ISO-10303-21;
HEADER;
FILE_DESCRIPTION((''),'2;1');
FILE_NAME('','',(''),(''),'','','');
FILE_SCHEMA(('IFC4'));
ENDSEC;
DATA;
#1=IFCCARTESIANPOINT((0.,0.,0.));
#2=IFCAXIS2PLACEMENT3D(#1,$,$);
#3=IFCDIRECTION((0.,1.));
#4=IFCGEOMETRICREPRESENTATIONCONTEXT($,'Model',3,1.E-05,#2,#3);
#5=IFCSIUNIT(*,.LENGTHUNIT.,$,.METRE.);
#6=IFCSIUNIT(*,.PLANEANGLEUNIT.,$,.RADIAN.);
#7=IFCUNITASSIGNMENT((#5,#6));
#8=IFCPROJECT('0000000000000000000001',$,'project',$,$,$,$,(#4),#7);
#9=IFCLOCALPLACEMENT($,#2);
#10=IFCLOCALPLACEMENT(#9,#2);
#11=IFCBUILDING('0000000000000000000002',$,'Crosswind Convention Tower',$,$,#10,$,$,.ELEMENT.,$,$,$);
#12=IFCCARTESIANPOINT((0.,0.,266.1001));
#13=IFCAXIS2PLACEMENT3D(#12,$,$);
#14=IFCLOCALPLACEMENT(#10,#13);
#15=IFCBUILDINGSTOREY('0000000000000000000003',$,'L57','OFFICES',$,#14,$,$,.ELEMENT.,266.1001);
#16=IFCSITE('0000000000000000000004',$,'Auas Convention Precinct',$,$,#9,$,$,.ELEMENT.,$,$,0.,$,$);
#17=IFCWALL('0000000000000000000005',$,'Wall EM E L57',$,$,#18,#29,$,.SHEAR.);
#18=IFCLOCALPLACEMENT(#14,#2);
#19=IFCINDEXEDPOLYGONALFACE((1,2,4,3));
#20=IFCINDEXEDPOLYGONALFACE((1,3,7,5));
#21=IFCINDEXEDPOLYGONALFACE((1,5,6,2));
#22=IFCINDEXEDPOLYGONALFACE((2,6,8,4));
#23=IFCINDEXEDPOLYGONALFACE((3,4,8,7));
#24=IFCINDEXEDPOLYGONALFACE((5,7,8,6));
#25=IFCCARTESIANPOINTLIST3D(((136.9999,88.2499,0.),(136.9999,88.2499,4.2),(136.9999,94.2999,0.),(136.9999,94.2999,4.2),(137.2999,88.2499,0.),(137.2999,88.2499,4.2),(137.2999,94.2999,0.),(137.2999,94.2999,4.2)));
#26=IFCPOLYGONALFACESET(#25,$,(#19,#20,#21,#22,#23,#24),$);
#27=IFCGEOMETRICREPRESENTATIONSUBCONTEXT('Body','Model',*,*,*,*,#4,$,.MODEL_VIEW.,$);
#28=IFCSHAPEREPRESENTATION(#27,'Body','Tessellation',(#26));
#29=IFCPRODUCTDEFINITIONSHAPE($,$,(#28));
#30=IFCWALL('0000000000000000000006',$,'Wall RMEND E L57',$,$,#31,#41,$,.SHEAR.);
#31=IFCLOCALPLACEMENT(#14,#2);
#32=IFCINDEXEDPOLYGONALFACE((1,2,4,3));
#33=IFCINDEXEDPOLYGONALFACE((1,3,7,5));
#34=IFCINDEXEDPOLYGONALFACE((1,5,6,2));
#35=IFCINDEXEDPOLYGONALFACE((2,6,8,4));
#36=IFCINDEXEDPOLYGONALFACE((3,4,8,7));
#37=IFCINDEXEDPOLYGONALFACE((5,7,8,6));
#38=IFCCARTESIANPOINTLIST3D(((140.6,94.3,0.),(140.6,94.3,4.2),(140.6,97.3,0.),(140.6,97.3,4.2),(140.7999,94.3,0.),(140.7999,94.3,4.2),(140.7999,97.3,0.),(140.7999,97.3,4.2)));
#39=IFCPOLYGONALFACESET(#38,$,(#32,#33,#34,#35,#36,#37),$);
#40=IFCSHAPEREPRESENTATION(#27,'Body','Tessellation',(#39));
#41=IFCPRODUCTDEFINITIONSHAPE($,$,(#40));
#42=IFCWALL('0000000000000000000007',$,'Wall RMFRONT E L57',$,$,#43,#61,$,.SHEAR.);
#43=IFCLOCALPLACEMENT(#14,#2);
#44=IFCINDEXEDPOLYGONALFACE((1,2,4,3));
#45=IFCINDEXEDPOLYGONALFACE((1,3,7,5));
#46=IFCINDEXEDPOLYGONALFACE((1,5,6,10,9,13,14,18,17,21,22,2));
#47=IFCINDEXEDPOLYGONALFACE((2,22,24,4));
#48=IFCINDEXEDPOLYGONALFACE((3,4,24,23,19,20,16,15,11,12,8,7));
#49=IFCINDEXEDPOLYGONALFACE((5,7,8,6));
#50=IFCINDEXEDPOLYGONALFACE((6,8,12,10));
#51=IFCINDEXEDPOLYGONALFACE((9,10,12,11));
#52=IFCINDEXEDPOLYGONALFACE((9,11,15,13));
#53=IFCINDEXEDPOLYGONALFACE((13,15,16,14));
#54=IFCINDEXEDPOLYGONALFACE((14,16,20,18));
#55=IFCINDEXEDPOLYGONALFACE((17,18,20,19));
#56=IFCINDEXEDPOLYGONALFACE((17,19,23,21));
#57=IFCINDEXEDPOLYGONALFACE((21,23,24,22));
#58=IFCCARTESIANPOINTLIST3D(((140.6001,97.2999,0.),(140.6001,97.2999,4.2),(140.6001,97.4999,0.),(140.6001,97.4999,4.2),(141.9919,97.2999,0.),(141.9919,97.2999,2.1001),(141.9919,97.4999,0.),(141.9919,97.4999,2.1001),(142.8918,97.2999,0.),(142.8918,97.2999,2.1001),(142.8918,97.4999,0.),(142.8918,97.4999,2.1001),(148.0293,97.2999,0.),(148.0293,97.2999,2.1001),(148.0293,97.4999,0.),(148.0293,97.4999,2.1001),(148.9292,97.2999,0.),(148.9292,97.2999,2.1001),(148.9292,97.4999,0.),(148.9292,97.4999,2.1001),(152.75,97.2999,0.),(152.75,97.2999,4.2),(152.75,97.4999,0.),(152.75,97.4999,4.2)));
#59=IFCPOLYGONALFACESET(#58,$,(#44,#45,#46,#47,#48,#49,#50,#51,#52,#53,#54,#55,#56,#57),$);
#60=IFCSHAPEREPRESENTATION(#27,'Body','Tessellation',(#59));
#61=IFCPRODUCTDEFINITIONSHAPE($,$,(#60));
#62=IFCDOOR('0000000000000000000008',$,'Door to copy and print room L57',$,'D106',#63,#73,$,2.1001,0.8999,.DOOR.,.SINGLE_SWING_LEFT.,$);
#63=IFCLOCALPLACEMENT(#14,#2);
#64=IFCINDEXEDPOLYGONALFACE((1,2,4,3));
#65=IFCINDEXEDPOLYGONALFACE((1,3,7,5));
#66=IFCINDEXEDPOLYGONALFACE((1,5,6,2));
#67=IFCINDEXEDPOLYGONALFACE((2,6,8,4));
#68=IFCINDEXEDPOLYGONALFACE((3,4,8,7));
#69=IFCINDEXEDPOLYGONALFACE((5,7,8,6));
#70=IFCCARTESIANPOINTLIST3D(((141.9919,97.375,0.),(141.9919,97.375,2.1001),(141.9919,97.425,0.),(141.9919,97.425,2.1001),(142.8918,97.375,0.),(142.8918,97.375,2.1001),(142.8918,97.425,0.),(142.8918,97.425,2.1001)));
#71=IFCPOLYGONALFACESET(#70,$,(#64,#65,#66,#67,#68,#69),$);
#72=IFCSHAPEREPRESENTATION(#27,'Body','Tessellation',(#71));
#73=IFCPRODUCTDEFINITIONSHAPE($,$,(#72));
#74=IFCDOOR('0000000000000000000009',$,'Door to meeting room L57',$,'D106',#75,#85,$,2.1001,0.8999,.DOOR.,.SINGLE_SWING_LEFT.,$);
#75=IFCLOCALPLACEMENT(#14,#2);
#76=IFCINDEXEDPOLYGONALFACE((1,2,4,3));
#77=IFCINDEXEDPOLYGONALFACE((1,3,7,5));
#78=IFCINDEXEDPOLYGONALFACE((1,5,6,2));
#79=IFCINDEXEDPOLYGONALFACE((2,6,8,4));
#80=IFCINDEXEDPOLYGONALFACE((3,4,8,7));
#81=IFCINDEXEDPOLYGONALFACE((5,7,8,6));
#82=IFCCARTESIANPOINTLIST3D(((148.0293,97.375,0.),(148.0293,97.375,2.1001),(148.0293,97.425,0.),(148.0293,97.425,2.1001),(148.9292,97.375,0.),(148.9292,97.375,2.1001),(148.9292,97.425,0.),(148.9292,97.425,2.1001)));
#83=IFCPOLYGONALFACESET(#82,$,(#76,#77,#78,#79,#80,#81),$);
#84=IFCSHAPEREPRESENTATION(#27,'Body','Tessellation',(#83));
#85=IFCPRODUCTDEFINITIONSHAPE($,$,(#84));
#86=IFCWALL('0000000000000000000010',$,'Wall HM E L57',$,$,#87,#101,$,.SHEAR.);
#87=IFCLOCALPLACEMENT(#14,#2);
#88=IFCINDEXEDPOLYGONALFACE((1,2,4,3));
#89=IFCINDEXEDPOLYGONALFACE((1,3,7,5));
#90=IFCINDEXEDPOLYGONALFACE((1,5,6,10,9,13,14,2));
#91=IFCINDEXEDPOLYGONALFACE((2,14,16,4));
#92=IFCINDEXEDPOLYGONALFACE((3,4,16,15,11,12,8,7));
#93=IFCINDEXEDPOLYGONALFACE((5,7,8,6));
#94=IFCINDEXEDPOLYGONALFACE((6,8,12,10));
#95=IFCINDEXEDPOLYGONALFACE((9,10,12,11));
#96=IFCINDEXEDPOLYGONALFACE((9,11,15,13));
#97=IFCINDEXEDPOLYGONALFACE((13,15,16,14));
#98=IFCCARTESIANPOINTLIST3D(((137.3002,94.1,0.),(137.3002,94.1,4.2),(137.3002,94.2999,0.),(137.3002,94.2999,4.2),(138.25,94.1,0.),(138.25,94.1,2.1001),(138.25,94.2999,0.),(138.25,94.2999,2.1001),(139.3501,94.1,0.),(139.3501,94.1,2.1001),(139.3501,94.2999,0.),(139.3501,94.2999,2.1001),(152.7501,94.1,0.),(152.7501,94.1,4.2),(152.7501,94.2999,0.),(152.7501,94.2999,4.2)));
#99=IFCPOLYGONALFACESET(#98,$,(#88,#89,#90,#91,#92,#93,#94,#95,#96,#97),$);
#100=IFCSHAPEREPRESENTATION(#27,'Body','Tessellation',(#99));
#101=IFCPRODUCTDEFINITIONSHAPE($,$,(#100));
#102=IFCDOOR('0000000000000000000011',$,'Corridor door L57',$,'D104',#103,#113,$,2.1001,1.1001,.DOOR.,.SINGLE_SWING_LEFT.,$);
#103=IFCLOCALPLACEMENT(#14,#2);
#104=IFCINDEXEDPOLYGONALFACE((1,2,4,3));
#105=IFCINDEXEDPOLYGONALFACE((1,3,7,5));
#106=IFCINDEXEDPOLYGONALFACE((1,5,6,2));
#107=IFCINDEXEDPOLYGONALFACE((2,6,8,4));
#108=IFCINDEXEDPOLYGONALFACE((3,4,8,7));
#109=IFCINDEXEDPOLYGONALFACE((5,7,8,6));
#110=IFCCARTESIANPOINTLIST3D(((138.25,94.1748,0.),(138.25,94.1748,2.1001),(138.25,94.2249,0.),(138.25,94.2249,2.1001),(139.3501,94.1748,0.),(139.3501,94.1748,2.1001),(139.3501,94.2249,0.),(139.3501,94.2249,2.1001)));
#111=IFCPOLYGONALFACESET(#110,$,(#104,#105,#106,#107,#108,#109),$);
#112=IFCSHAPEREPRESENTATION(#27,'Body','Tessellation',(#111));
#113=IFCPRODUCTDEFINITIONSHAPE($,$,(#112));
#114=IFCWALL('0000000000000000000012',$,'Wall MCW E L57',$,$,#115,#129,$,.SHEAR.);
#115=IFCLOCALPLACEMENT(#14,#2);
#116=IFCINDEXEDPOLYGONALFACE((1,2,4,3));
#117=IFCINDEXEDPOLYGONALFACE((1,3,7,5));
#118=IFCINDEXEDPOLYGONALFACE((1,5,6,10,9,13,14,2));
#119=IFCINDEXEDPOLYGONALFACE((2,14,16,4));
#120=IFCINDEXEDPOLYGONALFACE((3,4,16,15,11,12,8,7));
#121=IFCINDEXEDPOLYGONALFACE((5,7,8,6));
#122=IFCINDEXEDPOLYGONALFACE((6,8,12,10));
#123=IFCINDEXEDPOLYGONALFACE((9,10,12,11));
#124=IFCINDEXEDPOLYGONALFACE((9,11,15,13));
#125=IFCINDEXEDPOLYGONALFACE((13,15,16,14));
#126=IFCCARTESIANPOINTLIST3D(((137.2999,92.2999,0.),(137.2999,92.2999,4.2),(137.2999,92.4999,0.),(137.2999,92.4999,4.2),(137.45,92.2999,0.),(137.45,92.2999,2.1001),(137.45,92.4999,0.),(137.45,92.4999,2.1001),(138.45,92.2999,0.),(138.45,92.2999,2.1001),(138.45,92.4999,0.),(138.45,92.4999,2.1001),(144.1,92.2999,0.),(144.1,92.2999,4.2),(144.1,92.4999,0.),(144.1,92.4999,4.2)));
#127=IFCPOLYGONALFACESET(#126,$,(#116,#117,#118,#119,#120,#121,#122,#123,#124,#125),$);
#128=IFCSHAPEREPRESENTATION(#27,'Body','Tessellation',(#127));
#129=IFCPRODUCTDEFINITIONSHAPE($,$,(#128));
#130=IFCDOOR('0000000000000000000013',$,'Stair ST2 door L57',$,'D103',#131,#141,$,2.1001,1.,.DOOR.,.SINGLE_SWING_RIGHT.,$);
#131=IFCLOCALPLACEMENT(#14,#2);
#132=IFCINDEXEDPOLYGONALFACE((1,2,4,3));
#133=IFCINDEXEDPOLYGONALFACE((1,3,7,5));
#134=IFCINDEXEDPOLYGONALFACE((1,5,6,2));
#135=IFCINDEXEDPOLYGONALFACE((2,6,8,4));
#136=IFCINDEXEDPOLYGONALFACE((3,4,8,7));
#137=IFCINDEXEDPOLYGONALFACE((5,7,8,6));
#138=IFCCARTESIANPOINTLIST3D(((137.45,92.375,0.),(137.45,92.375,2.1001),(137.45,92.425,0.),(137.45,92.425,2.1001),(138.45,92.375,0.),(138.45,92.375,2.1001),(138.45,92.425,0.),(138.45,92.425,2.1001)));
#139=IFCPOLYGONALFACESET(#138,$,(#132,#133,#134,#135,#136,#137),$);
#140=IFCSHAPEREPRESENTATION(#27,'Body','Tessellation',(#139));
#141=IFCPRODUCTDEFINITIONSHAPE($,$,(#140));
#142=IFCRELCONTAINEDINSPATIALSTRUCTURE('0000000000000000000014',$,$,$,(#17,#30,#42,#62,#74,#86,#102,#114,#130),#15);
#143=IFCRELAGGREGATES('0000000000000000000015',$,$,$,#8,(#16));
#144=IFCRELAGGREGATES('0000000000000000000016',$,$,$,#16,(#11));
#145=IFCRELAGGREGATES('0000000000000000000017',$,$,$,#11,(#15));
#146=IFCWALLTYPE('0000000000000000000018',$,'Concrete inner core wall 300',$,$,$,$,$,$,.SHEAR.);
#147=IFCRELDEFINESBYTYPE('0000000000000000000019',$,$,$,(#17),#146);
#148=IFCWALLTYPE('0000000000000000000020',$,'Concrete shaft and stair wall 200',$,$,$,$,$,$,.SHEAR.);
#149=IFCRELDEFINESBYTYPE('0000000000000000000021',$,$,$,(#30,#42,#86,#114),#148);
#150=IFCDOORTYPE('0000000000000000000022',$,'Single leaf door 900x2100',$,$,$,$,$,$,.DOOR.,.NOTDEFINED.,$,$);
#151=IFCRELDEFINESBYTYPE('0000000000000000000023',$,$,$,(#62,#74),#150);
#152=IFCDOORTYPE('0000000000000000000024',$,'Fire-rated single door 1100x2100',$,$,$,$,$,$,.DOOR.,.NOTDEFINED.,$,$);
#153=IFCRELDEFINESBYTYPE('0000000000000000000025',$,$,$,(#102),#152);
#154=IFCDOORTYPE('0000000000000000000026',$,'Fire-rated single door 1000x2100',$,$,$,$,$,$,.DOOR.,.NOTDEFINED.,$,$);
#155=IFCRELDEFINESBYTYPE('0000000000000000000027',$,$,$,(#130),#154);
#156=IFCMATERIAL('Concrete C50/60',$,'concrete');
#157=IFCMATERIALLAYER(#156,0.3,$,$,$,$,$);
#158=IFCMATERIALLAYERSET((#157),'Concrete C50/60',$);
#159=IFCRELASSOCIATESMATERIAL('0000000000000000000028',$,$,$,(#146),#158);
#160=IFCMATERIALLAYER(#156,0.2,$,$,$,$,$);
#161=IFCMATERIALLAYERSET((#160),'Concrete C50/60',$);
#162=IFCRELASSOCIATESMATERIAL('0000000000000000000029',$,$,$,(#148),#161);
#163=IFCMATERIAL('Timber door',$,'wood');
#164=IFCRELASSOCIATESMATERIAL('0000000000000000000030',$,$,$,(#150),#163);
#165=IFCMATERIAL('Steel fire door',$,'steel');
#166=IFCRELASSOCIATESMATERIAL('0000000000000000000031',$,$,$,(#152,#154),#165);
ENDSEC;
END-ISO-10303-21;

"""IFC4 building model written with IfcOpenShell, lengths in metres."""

from ifc_helpers import new_model, si_unit, direction, frame, frame_2d, origin, place, context, subcontext, project, spatial, rectangle, extrude, material, layer, layer_set, type_object, element, fill, save


model = new_model("IFC4")

# Units and contexts
model_context = context("Model", 3, precision=1e-05, world=origin(), true_north=direction((0.0, 1.0)))
body_context = subcontext(model_context, "Body", "Model", "MODEL_VIEW")
ifc_project = project(units=[si_unit("LENGTHUNIT", "METRE"), si_unit("PLANEANGLEUNIT", "RADIAN")], contexts=[model_context])

# Site, building, storey
site_placement = place(None, origin())
site = spatial("IfcSite", under=ifc_project, at=site_placement, Name="Auas Convention Precinct", CompositionType="ELEMENT", RefElevation=0.0)
building_placement = place(site_placement, origin())
building = spatial("IfcBuilding", under=site, at=building_placement, Name="Crosswind Convention Tower", CompositionType="ELEMENT")
storey_placement = place(building_placement, frame((0.0, 0.0, 266.1001)))
storey = spatial("IfcBuildingStorey", under=building, at=storey_placement, Name="L57", Description="OFFICES", CompositionType="ELEMENT", Elevation=266.1001)

# Shared definitions
ifc_material_1 = material(Name="Concrete C50/60", Category="concrete")
ifc_layer_1 = layer(ifc_material_1, 0.3)
ifc_layer_set_1 = layer_set([ifc_layer_1], Name="Concrete C50/60")
wall_type_1 = type_object("IfcWallType", Name="Concrete inner core wall 300", PredefinedType="SHEAR", material=ifc_layer_set_1)

# Walls
wall_1_placement = place(storey_placement, frame((137.1499, 88.25, 0.0), z_axis=(0.0, 0.0, 1.0), x_axis=(0.0, 1.0, 0.0)))
element("IfcWall", 1, at=wall_1_placement, inside=storey, type_object=wall_type_1, Name="Wall EM E L57", PredefinedType="SHEAR", context=body_context, shape_type="SweptSolid", body=[
    extrude(rectangle(XDim=6.05, YDim=0.3, at=frame_2d((3.0249, 0.0))), origin(), (0.0, 0.0, 1.0), 4.2),
])
ifc_layer_2 = layer(ifc_material_1, 0.2)
ifc_layer_set_2 = layer_set([ifc_layer_2], Name="Concrete C50/60")
wall_type_2 = type_object("IfcWallType", Name="Concrete shaft and stair wall 200", PredefinedType="SHEAR", material=ifc_layer_set_2)
wall_2_placement = place(storey_placement, frame((140.7, 94.3, 0.0), z_axis=(0.0, 0.0, 1.0), x_axis=(0.0, 1.0, 0.0)))
element("IfcWall", 2, at=wall_2_placement, inside=storey, type_object=wall_type_2, Name="Wall RMEND E L57", PredefinedType="SHEAR", context=body_context, shape_type="SweptSolid", body=[
    extrude(rectangle(XDim=3.0, YDim=0.2, at=frame_2d((1.5, 0.0))), origin(), (0.0, 0.0, 1.0), 4.2),
])

# Wall, openings, doors
wall_3_placement = place(storey_placement, frame((140.6001, 97.3999, 0.0), z_axis=(0.0, 0.0, 1.0), x_axis=(1.0, 0.0, 0.0)))
wall_3 = element("IfcWall", 3, at=wall_3_placement, inside=storey, type_object=wall_type_2, Name="Wall RMFRONT E L57", PredefinedType="SHEAR", context=body_context, shape_type="SweptSolid", body=[
    extrude(rectangle(XDim=12.1499, YDim=0.2, at=frame_2d((6.075, 0.0))), origin(), (0.0, 0.0, 1.0), 4.2),
])
opening_1_placement = place(wall_3_placement, frame((1.3918, 0.0, 0.0)))
opening_1 = element("IfcOpeningElement", 4, at=opening_1_placement, cuts=wall_3, PredefinedType="OPENING", context=body_context, shape_type="SweptSolid", body=[
    extrude(rectangle(XDim=0.8999, YDim=2.1001, at=frame_2d((0.45, 1.05))), frame((0.0, 0.1099, 0.0), z_axis=(0.0, -1.0, 0.0), x_axis=(1.0, 0.0, 0.0)), (0.0, 0.0, 1.0), 0.22),
])
opening_2_placement = place(wall_3_placement, frame((7.4292, 0.0, 0.0)))
opening_2 = element("IfcOpeningElement", 5, at=opening_2_placement, cuts=wall_3, PredefinedType="OPENING", context=body_context, shape_type="SweptSolid", body=[
    extrude(rectangle(XDim=0.8999, YDim=2.1001, at=frame_2d((0.45, 1.05))), frame((0.0, 0.1099, 0.0), z_axis=(0.0, -1.0, 0.0), x_axis=(1.0, 0.0, 0.0)), (0.0, 0.0, 1.0), 0.22),
])
ifc_material_2 = material(Name="Timber door", Category="wood")
door_type_1 = type_object("IfcDoorType", Name="Single leaf door 900x2100", OperationType="NOTDEFINED", PredefinedType="DOOR", material=ifc_material_2)
door_1_placement = place(opening_1_placement, frame((0.8999, 0.0, 0.0), z_axis=(0.0, 0.0, 1.0), x_axis=(-1.0, 0.0, 0.0)))
door_1 = element("IfcDoor", 6, at=door_1_placement, inside=storey, type_object=door_type_1, Name="Door to copy and print room L57", ObjectType="D106", OperationType="SINGLE_SWING_LEFT", OverallHeight=2.1001, OverallWidth=0.8999, PredefinedType="DOOR", context=body_context, shape_type="SweptSolid", body=[
    extrude(rectangle(XDim=0.8999, YDim=2.1001, at=frame_2d((0.45, 1.05))), frame((0.0, 0.0249, 0.0), z_axis=(0.0, -1.0, 0.0), x_axis=(1.0, 0.0, 0.0)), (0.0, 0.0, 1.0), 0.05),
])
fill(opening_1, door_1)
door_2_placement = place(opening_2_placement, frame((0.8999, 0.0, 0.0), z_axis=(0.0, 0.0, 1.0), x_axis=(-1.0, 0.0, 0.0)))
door_2 = element("IfcDoor", 7, at=door_2_placement, inside=storey, type_object=door_type_1, Name="Door to meeting room L57", ObjectType="D106", OperationType="SINGLE_SWING_LEFT", OverallHeight=2.1001, OverallWidth=0.8999, PredefinedType="DOOR", context=body_context, shape_type="SweptSolid", body=[
    extrude(rectangle(XDim=0.8999, YDim=2.1001, at=frame_2d((0.45, 1.05))), frame((0.0, 0.0249, 0.0), z_axis=(0.0, -1.0, 0.0), x_axis=(1.0, 0.0, 0.0)), (0.0, 0.0, 1.0), 0.05),
])
fill(opening_2, door_2)

# Walls, openings, doors
wall_4_placement = place(storey_placement, frame((137.3, 94.2, 0.0), z_axis=(0.0, 0.0, 1.0), x_axis=(1.0, 0.0, 0.0)))
wall_4 = element("IfcWall", 8, at=wall_4_placement, inside=storey, type_object=wall_type_2, Name="Wall HM E L57", PredefinedType="SHEAR", context=body_context, shape_type="SweptSolid", body=[
    extrude(rectangle(XDim=15.45, YDim=0.2, at=frame_2d((7.7251, 0.0))), origin(), (0.0, 0.0, 1.0), 4.2),
])
opening_3_placement = place(wall_4_placement, frame((0.95, 0.0, 0.0)))
opening_3 = element("IfcOpeningElement", 9, at=opening_3_placement, cuts=wall_4, PredefinedType="OPENING", context=body_context, shape_type="SweptSolid", body=[
    extrude(rectangle(XDim=1.1001, YDim=2.1001, at=frame_2d((0.55, 1.05))), frame((0.0, 0.1099, 0.0), z_axis=(0.0, -1.0, 0.0), x_axis=(1.0, 0.0, 0.0)), (0.0, 0.0, 1.0), 0.22),
])
ifc_material_3 = material(Name="Steel fire door", Category="steel")
door_type_2 = type_object("IfcDoorType", Name="Fire-rated single door 1100x2100", OperationType="NOTDEFINED", PredefinedType="DOOR", material=ifc_material_3)
door_3_placement = place(opening_3_placement, origin())
door_3 = element("IfcDoor", 10, at=door_3_placement, inside=storey, type_object=door_type_2, Name="Corridor door L57", ObjectType="D104", OperationType="SINGLE_SWING_LEFT", OverallHeight=2.1001, OverallWidth=1.1001, PredefinedType="DOOR", context=body_context, shape_type="SweptSolid", body=[
    extrude(rectangle(XDim=1.1001, YDim=2.1001, at=frame_2d((0.55, 1.05))), frame((0.0, 0.0249, 0.0), z_axis=(0.0, -1.0, 0.0), x_axis=(1.0, 0.0, 0.0)), (0.0, 0.0, 1.0), 0.05),
])
fill(opening_3, door_3)
wall_5_placement = place(storey_placement, frame((137.3, 92.3999, 0.0), z_axis=(0.0, 0.0, 1.0), x_axis=(1.0, 0.0, 0.0)))
wall_5 = element("IfcWall", 11, at=wall_5_placement, inside=storey, type_object=wall_type_2, Name="Wall MCW E L57", PredefinedType="SHEAR", context=body_context, shape_type="SweptSolid", body=[
    extrude(rectangle(XDim=6.8, YDim=0.2, at=frame_2d((3.3999, 0.0))), origin(), (0.0, 0.0, 1.0), 4.2),
])
opening_4_placement = place(wall_5_placement, frame((0.1499, 0.0, 0.0)))
opening_4 = element("IfcOpeningElement", 12, at=opening_4_placement, cuts=wall_5, PredefinedType="OPENING", context=body_context, shape_type="SweptSolid", body=[
    extrude(rectangle(XDim=1.0, YDim=2.1001, at=frame_2d((0.5, 1.05))), frame((0.0, 0.1099, 0.0), z_axis=(0.0, -1.0, 0.0), x_axis=(1.0, 0.0, 0.0)), (0.0, 0.0, 1.0), 0.22),
])
door_type_3 = type_object("IfcDoorType", Name="Fire-rated single door 1000x2100", OperationType="NOTDEFINED", PredefinedType="DOOR", material=ifc_material_3)
door_4_placement = place(opening_4_placement, frame((1.0, 0.0, 0.0), z_axis=(0.0, 0.0, 1.0), x_axis=(-1.0, 0.0, 0.0)))
door_4 = element("IfcDoor", 13, at=door_4_placement, inside=storey, type_object=door_type_3, Name="Stair ST2 door L57", ObjectType="D103", OperationType="SINGLE_SWING_RIGHT", OverallHeight=2.1001, OverallWidth=1.0, PredefinedType="DOOR", context=body_context, shape_type="SweptSolid", body=[
    extrude(rectangle(XDim=1.0, YDim=2.1001, at=frame_2d((0.5, 1.05))), frame((0.0, 0.0249, 0.0), z_axis=(0.0, -1.0, 0.0), x_axis=(1.0, 0.0, 0.0)), (0.0, 0.0, 1.0), 0.05),
])
fill(opening_4, door_4)

save(model, "model.ifc")
